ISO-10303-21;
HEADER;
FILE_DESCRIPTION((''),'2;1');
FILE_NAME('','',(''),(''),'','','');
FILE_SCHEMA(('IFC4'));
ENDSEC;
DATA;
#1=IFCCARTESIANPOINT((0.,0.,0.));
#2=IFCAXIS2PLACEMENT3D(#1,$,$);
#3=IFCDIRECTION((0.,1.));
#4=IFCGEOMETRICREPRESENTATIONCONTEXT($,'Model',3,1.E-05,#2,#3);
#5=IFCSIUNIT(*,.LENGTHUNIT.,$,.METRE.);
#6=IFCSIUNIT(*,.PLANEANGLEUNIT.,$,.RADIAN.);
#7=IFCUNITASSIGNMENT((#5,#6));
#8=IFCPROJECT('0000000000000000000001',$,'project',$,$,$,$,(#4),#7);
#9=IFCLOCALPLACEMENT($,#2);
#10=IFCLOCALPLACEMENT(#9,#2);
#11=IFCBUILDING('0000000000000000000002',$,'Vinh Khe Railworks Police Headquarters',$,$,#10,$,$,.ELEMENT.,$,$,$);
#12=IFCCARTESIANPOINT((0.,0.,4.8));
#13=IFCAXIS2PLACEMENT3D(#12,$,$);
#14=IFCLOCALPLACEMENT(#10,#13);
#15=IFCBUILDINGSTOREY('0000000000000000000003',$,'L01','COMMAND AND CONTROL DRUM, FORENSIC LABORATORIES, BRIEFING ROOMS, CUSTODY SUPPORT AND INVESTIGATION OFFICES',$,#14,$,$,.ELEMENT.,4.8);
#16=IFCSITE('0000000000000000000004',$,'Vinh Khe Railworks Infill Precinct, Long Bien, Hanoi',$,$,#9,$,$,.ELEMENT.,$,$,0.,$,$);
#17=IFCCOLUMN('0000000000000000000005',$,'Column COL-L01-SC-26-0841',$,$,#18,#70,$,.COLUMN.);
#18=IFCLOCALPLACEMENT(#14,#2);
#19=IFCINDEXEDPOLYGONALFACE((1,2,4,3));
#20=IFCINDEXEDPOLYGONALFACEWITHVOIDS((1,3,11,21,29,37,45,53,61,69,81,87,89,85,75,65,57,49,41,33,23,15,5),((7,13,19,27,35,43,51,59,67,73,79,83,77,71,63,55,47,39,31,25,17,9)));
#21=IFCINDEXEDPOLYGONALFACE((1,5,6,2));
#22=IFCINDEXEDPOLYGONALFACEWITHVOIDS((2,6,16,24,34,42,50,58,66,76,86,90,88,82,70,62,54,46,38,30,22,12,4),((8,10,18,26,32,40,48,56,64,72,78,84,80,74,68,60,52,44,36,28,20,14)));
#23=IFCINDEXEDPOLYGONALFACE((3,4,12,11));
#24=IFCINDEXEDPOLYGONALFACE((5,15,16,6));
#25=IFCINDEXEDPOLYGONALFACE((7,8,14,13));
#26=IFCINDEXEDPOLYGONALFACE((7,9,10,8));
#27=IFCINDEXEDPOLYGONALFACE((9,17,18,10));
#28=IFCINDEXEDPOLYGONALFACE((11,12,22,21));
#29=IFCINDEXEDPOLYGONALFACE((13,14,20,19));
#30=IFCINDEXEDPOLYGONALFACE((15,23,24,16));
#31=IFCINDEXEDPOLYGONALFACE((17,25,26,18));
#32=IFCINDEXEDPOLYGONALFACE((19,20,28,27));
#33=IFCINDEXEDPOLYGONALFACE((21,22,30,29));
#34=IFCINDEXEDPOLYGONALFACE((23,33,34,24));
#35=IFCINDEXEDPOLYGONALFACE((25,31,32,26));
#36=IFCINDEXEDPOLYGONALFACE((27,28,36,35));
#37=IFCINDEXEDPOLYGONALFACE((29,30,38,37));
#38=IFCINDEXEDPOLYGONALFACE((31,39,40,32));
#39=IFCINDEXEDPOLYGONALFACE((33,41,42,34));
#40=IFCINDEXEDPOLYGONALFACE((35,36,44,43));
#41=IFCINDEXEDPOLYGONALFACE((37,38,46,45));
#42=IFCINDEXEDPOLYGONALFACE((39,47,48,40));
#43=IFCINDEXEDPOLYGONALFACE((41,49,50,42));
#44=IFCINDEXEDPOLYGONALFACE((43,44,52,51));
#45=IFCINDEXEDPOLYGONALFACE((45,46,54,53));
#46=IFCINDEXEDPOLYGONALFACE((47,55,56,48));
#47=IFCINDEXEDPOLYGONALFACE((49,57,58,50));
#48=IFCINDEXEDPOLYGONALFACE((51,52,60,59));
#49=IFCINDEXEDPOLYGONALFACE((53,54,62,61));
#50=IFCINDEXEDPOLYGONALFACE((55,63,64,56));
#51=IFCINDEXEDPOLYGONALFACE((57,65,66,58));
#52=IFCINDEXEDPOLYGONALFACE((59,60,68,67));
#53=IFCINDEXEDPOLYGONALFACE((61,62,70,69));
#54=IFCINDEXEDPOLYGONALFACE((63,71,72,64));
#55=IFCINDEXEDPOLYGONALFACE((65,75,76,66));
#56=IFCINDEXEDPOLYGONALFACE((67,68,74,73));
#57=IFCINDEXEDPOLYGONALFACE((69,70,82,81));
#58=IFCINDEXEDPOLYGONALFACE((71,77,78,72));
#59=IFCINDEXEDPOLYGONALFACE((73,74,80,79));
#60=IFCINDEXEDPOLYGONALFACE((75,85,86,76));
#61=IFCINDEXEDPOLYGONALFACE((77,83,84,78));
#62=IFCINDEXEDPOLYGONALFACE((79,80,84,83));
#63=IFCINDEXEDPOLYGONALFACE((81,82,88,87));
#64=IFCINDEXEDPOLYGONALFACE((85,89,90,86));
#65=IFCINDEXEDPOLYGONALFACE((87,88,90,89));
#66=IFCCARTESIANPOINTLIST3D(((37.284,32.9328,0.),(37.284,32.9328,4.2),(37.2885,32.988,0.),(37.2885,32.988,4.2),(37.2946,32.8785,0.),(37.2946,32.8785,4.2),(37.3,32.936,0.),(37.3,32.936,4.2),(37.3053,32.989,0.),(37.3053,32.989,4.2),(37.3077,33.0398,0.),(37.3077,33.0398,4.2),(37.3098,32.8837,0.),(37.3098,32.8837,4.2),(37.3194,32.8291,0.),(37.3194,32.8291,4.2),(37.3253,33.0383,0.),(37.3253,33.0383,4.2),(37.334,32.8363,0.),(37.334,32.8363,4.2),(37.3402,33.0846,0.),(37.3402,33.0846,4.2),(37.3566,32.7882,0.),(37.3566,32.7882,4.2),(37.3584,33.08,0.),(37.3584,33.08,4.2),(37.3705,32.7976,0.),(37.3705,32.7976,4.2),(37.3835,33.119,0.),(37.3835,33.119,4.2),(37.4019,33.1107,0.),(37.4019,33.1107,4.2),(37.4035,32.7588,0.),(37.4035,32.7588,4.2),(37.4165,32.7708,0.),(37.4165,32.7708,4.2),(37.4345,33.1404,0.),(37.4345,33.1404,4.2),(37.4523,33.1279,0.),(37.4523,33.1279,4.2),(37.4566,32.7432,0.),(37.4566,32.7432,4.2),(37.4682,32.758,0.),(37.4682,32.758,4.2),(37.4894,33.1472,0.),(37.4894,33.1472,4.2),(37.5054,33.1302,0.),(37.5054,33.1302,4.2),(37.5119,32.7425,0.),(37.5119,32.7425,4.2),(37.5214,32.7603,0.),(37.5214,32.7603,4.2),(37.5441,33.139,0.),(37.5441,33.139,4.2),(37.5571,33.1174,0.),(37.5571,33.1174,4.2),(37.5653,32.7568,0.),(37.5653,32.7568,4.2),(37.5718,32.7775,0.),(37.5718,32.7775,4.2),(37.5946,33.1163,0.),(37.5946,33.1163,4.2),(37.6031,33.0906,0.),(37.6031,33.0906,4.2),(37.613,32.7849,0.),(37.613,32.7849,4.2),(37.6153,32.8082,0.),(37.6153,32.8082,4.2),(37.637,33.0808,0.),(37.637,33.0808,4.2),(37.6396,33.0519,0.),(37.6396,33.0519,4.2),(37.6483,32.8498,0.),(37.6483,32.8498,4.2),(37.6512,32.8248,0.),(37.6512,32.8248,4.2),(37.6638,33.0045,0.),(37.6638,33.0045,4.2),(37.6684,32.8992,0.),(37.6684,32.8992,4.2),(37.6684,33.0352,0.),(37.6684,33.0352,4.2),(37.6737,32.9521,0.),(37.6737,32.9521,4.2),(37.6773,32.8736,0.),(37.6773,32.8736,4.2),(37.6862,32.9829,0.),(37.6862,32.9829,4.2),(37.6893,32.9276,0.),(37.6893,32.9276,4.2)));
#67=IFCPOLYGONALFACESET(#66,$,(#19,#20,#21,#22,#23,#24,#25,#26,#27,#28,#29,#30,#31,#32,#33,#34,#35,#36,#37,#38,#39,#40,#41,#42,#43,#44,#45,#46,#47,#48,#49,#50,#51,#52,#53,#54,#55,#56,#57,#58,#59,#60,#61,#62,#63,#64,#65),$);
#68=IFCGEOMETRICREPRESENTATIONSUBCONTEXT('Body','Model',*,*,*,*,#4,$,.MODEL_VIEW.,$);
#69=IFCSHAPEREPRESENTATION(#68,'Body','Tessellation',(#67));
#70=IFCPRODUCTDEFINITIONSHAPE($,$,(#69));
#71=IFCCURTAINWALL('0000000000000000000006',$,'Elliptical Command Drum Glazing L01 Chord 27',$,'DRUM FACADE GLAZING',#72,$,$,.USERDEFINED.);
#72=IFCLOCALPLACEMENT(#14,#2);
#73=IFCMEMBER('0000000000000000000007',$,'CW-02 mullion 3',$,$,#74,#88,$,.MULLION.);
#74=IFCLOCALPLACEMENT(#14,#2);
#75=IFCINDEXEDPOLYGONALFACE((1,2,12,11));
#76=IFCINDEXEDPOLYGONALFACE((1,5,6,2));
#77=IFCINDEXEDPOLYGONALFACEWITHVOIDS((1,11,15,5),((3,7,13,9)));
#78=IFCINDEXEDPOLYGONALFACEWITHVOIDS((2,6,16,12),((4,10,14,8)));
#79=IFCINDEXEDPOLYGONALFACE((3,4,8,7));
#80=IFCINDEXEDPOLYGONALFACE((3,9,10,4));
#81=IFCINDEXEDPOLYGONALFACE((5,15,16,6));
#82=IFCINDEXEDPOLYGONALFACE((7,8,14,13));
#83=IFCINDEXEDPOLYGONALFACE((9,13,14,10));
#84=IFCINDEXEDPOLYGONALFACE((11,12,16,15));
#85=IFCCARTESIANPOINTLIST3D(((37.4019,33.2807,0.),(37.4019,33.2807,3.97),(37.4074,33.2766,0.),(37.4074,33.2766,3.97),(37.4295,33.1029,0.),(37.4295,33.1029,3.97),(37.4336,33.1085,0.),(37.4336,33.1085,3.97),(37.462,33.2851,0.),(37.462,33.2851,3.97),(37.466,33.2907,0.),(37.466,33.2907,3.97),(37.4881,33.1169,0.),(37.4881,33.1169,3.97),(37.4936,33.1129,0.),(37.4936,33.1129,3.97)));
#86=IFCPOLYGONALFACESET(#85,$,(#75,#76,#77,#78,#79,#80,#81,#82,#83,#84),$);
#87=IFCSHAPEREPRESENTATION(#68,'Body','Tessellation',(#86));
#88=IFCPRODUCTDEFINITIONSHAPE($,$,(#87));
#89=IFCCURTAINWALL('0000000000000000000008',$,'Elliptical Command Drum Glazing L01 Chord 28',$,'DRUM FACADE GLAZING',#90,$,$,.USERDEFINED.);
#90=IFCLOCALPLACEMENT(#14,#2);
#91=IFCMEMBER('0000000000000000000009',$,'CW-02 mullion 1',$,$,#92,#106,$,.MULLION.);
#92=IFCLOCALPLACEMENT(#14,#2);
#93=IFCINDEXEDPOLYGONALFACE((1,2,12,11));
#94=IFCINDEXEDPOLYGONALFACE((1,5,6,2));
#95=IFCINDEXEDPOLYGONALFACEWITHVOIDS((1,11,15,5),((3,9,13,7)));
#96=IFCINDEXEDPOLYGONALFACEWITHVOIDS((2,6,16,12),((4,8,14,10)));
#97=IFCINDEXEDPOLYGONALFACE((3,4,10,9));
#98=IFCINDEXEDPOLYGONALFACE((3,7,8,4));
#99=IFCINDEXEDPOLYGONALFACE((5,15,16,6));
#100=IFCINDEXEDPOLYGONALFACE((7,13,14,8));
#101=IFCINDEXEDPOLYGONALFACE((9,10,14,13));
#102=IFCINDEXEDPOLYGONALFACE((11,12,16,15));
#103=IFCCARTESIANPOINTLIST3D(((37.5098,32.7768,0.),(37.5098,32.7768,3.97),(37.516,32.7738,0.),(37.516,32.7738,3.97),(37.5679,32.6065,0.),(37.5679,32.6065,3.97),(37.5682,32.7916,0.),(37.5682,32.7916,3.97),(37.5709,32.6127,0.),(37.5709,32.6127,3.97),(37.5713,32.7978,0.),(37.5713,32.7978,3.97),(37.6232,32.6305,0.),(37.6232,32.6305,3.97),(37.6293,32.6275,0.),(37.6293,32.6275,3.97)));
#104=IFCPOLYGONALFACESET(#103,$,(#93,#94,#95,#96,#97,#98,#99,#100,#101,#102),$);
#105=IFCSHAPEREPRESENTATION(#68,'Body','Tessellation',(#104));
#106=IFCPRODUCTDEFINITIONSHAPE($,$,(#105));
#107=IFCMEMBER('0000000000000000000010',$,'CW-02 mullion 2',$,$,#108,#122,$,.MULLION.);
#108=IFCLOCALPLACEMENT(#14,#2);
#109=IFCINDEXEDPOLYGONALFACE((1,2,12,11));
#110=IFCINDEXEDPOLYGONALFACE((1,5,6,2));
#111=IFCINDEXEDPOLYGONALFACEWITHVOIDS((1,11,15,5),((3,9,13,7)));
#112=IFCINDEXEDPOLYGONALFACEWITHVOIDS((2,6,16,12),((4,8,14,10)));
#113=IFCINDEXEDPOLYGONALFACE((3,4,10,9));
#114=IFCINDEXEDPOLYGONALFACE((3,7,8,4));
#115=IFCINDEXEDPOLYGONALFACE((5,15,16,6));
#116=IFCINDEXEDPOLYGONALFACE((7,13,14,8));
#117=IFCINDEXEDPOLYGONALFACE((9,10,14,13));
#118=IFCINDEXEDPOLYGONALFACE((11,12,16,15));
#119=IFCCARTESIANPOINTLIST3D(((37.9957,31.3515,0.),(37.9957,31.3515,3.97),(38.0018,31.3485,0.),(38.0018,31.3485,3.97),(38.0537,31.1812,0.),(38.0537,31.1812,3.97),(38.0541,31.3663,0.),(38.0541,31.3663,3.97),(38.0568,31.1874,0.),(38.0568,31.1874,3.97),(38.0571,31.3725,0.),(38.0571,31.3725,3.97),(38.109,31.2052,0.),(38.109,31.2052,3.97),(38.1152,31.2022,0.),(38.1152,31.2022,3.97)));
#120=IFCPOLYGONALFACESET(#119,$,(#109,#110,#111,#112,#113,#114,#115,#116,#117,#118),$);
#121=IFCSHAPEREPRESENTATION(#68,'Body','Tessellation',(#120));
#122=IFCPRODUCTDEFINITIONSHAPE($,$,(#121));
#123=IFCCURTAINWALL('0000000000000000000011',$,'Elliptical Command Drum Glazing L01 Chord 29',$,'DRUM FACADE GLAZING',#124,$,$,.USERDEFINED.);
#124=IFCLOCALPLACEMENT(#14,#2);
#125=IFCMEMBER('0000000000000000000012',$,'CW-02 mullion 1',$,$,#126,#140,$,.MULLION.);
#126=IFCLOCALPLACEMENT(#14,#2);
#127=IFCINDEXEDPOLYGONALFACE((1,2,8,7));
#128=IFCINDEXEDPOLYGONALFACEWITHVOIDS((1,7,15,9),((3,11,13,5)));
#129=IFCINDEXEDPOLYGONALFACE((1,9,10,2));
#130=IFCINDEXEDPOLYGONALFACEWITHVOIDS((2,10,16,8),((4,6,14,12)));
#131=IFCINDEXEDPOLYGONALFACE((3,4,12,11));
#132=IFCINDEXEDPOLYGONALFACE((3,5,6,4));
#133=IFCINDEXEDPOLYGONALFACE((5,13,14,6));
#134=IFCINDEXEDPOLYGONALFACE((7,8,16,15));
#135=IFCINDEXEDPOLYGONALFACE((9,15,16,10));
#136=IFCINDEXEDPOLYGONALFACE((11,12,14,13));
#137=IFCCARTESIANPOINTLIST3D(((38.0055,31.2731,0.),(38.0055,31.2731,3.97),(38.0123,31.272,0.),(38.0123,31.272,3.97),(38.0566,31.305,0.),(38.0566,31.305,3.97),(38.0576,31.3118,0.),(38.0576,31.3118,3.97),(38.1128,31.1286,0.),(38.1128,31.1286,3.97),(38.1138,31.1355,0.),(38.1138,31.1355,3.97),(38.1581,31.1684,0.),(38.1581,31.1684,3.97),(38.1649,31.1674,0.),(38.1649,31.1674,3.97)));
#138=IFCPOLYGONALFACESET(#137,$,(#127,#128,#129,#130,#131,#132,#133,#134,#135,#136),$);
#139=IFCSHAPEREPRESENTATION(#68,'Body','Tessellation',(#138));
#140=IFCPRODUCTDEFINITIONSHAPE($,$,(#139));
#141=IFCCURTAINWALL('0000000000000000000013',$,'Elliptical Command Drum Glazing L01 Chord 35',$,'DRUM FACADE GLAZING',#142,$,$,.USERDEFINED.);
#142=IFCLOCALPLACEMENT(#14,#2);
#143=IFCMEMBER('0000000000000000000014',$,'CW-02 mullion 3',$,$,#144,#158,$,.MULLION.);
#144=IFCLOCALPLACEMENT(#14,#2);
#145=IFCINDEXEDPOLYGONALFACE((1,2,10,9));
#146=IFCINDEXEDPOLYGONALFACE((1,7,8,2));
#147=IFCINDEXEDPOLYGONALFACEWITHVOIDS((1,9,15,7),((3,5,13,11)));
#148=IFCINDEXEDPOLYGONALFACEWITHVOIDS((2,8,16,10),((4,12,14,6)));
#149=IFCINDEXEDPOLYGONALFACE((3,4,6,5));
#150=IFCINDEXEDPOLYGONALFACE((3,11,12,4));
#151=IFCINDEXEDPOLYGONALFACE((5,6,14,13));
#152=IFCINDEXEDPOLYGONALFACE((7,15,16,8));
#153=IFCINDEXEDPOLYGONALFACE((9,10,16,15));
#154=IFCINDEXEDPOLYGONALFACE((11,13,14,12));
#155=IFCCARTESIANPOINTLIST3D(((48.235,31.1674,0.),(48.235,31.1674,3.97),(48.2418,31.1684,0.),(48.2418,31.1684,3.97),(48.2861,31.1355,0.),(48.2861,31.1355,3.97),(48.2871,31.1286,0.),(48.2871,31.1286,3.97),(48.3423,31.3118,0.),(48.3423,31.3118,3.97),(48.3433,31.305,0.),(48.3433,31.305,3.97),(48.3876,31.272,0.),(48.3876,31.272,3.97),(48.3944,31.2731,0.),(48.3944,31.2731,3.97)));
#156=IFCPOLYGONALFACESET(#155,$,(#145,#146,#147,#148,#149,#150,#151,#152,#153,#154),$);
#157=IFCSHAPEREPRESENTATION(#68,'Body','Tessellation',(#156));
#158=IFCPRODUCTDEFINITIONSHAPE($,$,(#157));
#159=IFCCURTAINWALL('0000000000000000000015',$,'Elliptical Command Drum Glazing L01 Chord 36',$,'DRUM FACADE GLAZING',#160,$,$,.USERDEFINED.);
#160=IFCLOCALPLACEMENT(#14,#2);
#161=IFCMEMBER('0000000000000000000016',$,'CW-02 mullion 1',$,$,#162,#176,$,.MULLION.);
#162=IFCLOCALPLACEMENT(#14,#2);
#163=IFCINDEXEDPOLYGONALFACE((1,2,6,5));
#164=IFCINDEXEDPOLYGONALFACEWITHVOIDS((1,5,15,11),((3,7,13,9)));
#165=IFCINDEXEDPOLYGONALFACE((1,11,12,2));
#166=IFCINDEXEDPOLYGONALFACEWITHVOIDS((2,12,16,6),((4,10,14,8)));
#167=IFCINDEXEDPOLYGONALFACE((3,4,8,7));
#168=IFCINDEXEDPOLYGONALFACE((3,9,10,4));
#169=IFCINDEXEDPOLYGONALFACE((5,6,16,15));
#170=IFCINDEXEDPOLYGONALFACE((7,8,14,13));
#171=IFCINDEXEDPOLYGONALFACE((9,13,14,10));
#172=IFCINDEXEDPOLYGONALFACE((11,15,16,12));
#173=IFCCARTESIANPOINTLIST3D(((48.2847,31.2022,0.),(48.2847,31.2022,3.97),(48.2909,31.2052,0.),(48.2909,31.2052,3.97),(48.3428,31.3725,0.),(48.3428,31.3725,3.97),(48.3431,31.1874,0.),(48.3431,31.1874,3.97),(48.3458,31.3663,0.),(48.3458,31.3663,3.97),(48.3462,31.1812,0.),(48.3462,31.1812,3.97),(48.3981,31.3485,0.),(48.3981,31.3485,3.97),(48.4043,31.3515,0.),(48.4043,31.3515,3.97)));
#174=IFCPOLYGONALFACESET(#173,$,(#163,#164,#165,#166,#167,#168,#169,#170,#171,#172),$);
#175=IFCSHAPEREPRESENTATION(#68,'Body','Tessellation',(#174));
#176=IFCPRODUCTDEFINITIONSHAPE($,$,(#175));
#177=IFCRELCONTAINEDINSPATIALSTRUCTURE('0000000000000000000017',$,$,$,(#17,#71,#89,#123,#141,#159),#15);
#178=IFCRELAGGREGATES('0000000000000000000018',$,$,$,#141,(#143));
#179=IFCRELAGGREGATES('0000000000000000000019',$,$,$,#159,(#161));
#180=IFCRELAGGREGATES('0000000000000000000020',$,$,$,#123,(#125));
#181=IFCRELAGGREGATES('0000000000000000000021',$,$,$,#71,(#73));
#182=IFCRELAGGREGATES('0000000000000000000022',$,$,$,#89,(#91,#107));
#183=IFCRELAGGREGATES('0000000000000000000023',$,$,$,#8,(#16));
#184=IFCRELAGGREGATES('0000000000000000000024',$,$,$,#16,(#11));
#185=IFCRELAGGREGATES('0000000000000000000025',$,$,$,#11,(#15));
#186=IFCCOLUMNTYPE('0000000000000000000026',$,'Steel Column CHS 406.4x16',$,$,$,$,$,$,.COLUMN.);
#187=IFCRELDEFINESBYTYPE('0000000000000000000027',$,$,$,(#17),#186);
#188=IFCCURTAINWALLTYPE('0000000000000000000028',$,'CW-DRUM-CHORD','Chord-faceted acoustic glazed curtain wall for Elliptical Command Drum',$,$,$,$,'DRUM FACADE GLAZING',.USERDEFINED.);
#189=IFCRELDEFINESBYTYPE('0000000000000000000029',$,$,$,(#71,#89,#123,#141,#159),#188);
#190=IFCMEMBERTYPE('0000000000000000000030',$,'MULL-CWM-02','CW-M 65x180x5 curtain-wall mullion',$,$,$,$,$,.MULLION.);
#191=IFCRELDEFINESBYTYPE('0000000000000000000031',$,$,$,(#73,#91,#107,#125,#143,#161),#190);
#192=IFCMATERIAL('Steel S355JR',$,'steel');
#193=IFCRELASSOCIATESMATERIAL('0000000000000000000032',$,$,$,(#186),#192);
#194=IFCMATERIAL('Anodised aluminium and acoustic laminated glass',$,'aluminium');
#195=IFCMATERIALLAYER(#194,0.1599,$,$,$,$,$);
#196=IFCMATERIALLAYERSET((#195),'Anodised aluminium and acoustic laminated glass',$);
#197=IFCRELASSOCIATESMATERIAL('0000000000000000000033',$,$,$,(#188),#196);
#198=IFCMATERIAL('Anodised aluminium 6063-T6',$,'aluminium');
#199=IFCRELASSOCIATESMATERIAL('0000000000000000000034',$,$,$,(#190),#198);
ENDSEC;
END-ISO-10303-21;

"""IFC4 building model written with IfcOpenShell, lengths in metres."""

from ifc_helpers import new_model, si_unit, direction, frame, origin, origin_2d, place, context, subcontext, project, spatial, hollow_rectangle, hollow_circle, extrude, material, layer, layer_set, material_profile, profile_set, type_object, element, aggregate, save


model = new_model("IFC4")

# Units and contexts
model_context = context("Model", 3, precision=1e-05, world=origin(), true_north=direction((0.0, 1.0)))
body_context = subcontext(model_context, "Body", "Model", "MODEL_VIEW")
ifc_project = project(units=[si_unit("LENGTHUNIT", "METRE"), si_unit("PLANEANGLEUNIT", "RADIAN")], contexts=[model_context])

# Site, building, storey
site_placement = place(None, origin())
site = spatial("IfcSite", under=ifc_project, at=site_placement, Name="Vinh Khe Railworks Infill Precinct, Long Bien, Hanoi", CompositionType="ELEMENT", RefElevation=0.0)
building_placement = place(site_placement, origin())
building = spatial("IfcBuilding", under=site, at=building_placement, Name="Vinh Khe Railworks Police Headquarters", CompositionType="ELEMENT")
storey_placement = place(building_placement, frame((0.0, 0.0, 4.8)))
storey = spatial("IfcBuildingStorey", under=building, at=storey_placement, Name="L01", Description="COMMAND AND CONTROL DRUM, FORENSIC LABORATORIES, BRIEFING ROOMS, CUSTODY SUPPORT AND INVESTIGATION OFFICES", CompositionType="ELEMENT", Elevation=4.8)

# Column
ifc_material_1 = material(Name="Steel S355JR", Category="steel")
ifc_material_profile_1 = material_profile(ifc_material_1, hollow_circle(Radius=0.2031, WallThickness=0.0161, at=origin_2d()), Name="CHS 406.4x16")
ifc_profile_set_1 = profile_set([ifc_material_profile_1], Name="Steel S355JR")
column_type = type_object("IfcColumnType", Name="Steel Column CHS 406.4x16", PredefinedType="COLUMN", material=ifc_profile_set_1)
column_placement = place(storey_placement, frame((37.4868, 32.9441, 0.0), z_axis=(0.0, 0.0, 1.0), x_axis=(-0.94648, -0.322761, 0.0)))
element("IfcColumn", 1, at=column_placement, inside=storey, type_object=column_type, Name="Column COL-L01-SC-26-0841", PredefinedType="COLUMN", context=body_context, shape_type="SweptSolid", body=[
    extrude(hollow_circle(Radius=0.2031, WallThickness=0.0161, at=origin_2d()), origin(), (0.0, 0.0, 1.0), 4.2),
])

# Curtain wall, member
ifc_material_2 = material(Name="Anodised aluminium and acoustic laminated glass", Category="aluminium")
ifc_layer_1 = layer(ifc_material_2, 0.1599)
ifc_layer_set_1 = layer_set([ifc_layer_1], Name="Anodised aluminium and acoustic laminated glass")
curtain_wall_type = type_object("IfcCurtainWallType", Name="CW-DRUM-CHORD", Description="Chord-faceted acoustic glazed curtain wall for Elliptical Command Drum", ElementType="DRUM FACADE GLAZING", PredefinedType="USERDEFINED", material=ifc_layer_set_1)
curtain_wall_1_placement = place(storey_placement, origin())
curtain_wall_1 = element("IfcCurtainWall", 2, at=curtain_wall_1_placement, inside=storey, type_object=curtain_wall_type, Name="Elliptical Command Drum Glazing L01 Chord 27", ObjectType="DRUM FACADE GLAZING", PredefinedType="USERDEFINED")
ifc_material_3 = material(Name="Anodised aluminium 6063-T6", Category="aluminium")
ifc_material_profile_2 = material_profile(ifc_material_3, hollow_rectangle(XDim=0.0649, YDim=0.1799, WallThickness=0.0049, at=origin_2d()), Name="CW-M 65x180x5")
ifc_profile_set_2 = profile_set([ifc_material_profile_2], Name="Anodised aluminium 6063-T6")
member_type_1 = type_object("IfcMemberType", Name="MULL-CWM-02", Description="CW-M 65x180x5 curtain-wall mullion", PredefinedType="MULLION", material=ifc_profile_set_2)
member_1_placement = place(storey_placement, frame((37.4478, 33.1968, 0.0), z_axis=(0.0, 0.0, 1.0), x_axis=(0.98815, 0.15349, 0.0)))
member_1 = element("IfcMember", 3, at=member_1_placement, type_object=member_type_1, Name="CW-02 mullion 3", PredefinedType="MULLION", context=body_context, shape_type="SweptSolid", body=[
    extrude(hollow_rectangle(XDim=0.0649, YDim=0.1799, WallThickness=0.0049, at=origin_2d()), origin(), (0.0, 0.0, 1.0), 3.97),
])

# Curtain wall, members
curtain_wall_2_placement = place(storey_placement, origin())
curtain_wall_2 = element("IfcCurtainWall", 4, at=curtain_wall_2_placement, inside=storey, type_object=curtain_wall_type, Name="Elliptical Command Drum Glazing L01 Chord 28", ObjectType="DRUM FACADE GLAZING", PredefinedType="USERDEFINED")
member_2_placement = place(storey_placement, frame((37.5696, 32.7021, 0.0), z_axis=(0.0, 0.0, 1.0), x_axis=(0.946484, 0.32275, 0.0)))
member_2 = element("IfcMember", 5, at=member_2_placement, type_object=member_type_1, Name="CW-02 mullion 1", PredefinedType="MULLION", context=body_context, shape_type="SweptSolid", body=[
    extrude(hollow_rectangle(XDim=0.0649, YDim=0.1799, WallThickness=0.0049, at=origin_2d()), origin(), (0.0, 0.0, 1.0), 3.97),
])
member_3_placement = place(storey_placement, frame((38.0554, 31.2769, 0.0), z_axis=(0.0, 0.0, 1.0), x_axis=(0.946484, 0.32275, 0.0)))
member_3 = element("IfcMember", 6, at=member_3_placement, type_object=member_type_1, Name="CW-02 mullion 2", PredefinedType="MULLION", context=body_context, shape_type="SweptSolid", body=[
    extrude(hollow_rectangle(XDim=0.0649, YDim=0.1799, WallThickness=0.0049, at=origin_2d()), origin(), (0.0, 0.0, 1.0), 3.97),
])

# Curtain walls, members
curtain_wall_3_placement = place(storey_placement, origin())
curtain_wall_3 = element("IfcCurtainWall", 7, at=curtain_wall_3_placement, inside=storey, type_object=curtain_wall_type, Name="Elliptical Command Drum Glazing L01 Chord 29", ObjectType="DRUM FACADE GLAZING", PredefinedType="USERDEFINED")
member_4_placement = place(storey_placement, frame((38.0852, 31.2202, 0.0), z_axis=(0.0, 0.0, 1.0), x_axis=(0.802592, 0.596528, 0.0)))
member_4 = element("IfcMember", 8, at=member_4_placement, type_object=member_type_1, Name="CW-02 mullion 1", PredefinedType="MULLION", context=body_context, shape_type="SweptSolid", body=[
    extrude(hollow_rectangle(XDim=0.0649, YDim=0.1799, WallThickness=0.0049, at=origin_2d()), origin(), (0.0, 0.0, 1.0), 3.97),
])
curtain_wall_4_placement = place(storey_placement, origin())
curtain_wall_4 = element("IfcCurtainWall", 9, at=curtain_wall_4_placement, inside=storey, type_object=curtain_wall_type, Name="Elliptical Command Drum Glazing L01 Chord 35", ObjectType="DRUM FACADE GLAZING", PredefinedType="USERDEFINED")
member_5_placement = place(storey_placement, frame((48.3147, 31.2202, 0.0), z_axis=(0.0, 0.0, 1.0), x_axis=(-0.802592, 0.596528, 0.0)))
member_5 = element("IfcMember", 10, at=member_5_placement, type_object=member_type_1, Name="CW-02 mullion 3", PredefinedType="MULLION", context=body_context, shape_type="SweptSolid", body=[
    extrude(hollow_rectangle(XDim=0.0649, YDim=0.1799, WallThickness=0.0049, at=origin_2d()), origin(), (0.0, 0.0, 1.0), 3.97),
])
aggregate(curtain_wall_4, [member_5])
curtain_wall_5_placement = place(storey_placement, origin())
curtain_wall_5 = element("IfcCurtainWall", 11, at=curtain_wall_5_placement, inside=storey, type_object=curtain_wall_type, Name="Elliptical Command Drum Glazing L01 Chord 36", ObjectType="DRUM FACADE GLAZING", PredefinedType="USERDEFINED")
member_6_placement = place(storey_placement, frame((48.3445, 31.2769, 0.0), z_axis=(0.0, 0.0, 1.0), x_axis=(-0.946484, 0.32275, 0.0)))
member_6 = element("IfcMember", 12, at=member_6_placement, type_object=member_type_1, Name="CW-02 mullion 1", PredefinedType="MULLION", context=body_context, shape_type="SweptSolid", body=[
    extrude(hollow_rectangle(XDim=0.0649, YDim=0.1799, WallThickness=0.0049, at=origin_2d()), origin(), (0.0, 0.0, 1.0), 3.97),
])
aggregate(curtain_wall_5, [member_6])

aggregate(curtain_wall_3, [member_4])

aggregate(curtain_wall_1, [member_1])
aggregate(curtain_wall_2, [member_2, member_3])

save(model, "model.ifc")
